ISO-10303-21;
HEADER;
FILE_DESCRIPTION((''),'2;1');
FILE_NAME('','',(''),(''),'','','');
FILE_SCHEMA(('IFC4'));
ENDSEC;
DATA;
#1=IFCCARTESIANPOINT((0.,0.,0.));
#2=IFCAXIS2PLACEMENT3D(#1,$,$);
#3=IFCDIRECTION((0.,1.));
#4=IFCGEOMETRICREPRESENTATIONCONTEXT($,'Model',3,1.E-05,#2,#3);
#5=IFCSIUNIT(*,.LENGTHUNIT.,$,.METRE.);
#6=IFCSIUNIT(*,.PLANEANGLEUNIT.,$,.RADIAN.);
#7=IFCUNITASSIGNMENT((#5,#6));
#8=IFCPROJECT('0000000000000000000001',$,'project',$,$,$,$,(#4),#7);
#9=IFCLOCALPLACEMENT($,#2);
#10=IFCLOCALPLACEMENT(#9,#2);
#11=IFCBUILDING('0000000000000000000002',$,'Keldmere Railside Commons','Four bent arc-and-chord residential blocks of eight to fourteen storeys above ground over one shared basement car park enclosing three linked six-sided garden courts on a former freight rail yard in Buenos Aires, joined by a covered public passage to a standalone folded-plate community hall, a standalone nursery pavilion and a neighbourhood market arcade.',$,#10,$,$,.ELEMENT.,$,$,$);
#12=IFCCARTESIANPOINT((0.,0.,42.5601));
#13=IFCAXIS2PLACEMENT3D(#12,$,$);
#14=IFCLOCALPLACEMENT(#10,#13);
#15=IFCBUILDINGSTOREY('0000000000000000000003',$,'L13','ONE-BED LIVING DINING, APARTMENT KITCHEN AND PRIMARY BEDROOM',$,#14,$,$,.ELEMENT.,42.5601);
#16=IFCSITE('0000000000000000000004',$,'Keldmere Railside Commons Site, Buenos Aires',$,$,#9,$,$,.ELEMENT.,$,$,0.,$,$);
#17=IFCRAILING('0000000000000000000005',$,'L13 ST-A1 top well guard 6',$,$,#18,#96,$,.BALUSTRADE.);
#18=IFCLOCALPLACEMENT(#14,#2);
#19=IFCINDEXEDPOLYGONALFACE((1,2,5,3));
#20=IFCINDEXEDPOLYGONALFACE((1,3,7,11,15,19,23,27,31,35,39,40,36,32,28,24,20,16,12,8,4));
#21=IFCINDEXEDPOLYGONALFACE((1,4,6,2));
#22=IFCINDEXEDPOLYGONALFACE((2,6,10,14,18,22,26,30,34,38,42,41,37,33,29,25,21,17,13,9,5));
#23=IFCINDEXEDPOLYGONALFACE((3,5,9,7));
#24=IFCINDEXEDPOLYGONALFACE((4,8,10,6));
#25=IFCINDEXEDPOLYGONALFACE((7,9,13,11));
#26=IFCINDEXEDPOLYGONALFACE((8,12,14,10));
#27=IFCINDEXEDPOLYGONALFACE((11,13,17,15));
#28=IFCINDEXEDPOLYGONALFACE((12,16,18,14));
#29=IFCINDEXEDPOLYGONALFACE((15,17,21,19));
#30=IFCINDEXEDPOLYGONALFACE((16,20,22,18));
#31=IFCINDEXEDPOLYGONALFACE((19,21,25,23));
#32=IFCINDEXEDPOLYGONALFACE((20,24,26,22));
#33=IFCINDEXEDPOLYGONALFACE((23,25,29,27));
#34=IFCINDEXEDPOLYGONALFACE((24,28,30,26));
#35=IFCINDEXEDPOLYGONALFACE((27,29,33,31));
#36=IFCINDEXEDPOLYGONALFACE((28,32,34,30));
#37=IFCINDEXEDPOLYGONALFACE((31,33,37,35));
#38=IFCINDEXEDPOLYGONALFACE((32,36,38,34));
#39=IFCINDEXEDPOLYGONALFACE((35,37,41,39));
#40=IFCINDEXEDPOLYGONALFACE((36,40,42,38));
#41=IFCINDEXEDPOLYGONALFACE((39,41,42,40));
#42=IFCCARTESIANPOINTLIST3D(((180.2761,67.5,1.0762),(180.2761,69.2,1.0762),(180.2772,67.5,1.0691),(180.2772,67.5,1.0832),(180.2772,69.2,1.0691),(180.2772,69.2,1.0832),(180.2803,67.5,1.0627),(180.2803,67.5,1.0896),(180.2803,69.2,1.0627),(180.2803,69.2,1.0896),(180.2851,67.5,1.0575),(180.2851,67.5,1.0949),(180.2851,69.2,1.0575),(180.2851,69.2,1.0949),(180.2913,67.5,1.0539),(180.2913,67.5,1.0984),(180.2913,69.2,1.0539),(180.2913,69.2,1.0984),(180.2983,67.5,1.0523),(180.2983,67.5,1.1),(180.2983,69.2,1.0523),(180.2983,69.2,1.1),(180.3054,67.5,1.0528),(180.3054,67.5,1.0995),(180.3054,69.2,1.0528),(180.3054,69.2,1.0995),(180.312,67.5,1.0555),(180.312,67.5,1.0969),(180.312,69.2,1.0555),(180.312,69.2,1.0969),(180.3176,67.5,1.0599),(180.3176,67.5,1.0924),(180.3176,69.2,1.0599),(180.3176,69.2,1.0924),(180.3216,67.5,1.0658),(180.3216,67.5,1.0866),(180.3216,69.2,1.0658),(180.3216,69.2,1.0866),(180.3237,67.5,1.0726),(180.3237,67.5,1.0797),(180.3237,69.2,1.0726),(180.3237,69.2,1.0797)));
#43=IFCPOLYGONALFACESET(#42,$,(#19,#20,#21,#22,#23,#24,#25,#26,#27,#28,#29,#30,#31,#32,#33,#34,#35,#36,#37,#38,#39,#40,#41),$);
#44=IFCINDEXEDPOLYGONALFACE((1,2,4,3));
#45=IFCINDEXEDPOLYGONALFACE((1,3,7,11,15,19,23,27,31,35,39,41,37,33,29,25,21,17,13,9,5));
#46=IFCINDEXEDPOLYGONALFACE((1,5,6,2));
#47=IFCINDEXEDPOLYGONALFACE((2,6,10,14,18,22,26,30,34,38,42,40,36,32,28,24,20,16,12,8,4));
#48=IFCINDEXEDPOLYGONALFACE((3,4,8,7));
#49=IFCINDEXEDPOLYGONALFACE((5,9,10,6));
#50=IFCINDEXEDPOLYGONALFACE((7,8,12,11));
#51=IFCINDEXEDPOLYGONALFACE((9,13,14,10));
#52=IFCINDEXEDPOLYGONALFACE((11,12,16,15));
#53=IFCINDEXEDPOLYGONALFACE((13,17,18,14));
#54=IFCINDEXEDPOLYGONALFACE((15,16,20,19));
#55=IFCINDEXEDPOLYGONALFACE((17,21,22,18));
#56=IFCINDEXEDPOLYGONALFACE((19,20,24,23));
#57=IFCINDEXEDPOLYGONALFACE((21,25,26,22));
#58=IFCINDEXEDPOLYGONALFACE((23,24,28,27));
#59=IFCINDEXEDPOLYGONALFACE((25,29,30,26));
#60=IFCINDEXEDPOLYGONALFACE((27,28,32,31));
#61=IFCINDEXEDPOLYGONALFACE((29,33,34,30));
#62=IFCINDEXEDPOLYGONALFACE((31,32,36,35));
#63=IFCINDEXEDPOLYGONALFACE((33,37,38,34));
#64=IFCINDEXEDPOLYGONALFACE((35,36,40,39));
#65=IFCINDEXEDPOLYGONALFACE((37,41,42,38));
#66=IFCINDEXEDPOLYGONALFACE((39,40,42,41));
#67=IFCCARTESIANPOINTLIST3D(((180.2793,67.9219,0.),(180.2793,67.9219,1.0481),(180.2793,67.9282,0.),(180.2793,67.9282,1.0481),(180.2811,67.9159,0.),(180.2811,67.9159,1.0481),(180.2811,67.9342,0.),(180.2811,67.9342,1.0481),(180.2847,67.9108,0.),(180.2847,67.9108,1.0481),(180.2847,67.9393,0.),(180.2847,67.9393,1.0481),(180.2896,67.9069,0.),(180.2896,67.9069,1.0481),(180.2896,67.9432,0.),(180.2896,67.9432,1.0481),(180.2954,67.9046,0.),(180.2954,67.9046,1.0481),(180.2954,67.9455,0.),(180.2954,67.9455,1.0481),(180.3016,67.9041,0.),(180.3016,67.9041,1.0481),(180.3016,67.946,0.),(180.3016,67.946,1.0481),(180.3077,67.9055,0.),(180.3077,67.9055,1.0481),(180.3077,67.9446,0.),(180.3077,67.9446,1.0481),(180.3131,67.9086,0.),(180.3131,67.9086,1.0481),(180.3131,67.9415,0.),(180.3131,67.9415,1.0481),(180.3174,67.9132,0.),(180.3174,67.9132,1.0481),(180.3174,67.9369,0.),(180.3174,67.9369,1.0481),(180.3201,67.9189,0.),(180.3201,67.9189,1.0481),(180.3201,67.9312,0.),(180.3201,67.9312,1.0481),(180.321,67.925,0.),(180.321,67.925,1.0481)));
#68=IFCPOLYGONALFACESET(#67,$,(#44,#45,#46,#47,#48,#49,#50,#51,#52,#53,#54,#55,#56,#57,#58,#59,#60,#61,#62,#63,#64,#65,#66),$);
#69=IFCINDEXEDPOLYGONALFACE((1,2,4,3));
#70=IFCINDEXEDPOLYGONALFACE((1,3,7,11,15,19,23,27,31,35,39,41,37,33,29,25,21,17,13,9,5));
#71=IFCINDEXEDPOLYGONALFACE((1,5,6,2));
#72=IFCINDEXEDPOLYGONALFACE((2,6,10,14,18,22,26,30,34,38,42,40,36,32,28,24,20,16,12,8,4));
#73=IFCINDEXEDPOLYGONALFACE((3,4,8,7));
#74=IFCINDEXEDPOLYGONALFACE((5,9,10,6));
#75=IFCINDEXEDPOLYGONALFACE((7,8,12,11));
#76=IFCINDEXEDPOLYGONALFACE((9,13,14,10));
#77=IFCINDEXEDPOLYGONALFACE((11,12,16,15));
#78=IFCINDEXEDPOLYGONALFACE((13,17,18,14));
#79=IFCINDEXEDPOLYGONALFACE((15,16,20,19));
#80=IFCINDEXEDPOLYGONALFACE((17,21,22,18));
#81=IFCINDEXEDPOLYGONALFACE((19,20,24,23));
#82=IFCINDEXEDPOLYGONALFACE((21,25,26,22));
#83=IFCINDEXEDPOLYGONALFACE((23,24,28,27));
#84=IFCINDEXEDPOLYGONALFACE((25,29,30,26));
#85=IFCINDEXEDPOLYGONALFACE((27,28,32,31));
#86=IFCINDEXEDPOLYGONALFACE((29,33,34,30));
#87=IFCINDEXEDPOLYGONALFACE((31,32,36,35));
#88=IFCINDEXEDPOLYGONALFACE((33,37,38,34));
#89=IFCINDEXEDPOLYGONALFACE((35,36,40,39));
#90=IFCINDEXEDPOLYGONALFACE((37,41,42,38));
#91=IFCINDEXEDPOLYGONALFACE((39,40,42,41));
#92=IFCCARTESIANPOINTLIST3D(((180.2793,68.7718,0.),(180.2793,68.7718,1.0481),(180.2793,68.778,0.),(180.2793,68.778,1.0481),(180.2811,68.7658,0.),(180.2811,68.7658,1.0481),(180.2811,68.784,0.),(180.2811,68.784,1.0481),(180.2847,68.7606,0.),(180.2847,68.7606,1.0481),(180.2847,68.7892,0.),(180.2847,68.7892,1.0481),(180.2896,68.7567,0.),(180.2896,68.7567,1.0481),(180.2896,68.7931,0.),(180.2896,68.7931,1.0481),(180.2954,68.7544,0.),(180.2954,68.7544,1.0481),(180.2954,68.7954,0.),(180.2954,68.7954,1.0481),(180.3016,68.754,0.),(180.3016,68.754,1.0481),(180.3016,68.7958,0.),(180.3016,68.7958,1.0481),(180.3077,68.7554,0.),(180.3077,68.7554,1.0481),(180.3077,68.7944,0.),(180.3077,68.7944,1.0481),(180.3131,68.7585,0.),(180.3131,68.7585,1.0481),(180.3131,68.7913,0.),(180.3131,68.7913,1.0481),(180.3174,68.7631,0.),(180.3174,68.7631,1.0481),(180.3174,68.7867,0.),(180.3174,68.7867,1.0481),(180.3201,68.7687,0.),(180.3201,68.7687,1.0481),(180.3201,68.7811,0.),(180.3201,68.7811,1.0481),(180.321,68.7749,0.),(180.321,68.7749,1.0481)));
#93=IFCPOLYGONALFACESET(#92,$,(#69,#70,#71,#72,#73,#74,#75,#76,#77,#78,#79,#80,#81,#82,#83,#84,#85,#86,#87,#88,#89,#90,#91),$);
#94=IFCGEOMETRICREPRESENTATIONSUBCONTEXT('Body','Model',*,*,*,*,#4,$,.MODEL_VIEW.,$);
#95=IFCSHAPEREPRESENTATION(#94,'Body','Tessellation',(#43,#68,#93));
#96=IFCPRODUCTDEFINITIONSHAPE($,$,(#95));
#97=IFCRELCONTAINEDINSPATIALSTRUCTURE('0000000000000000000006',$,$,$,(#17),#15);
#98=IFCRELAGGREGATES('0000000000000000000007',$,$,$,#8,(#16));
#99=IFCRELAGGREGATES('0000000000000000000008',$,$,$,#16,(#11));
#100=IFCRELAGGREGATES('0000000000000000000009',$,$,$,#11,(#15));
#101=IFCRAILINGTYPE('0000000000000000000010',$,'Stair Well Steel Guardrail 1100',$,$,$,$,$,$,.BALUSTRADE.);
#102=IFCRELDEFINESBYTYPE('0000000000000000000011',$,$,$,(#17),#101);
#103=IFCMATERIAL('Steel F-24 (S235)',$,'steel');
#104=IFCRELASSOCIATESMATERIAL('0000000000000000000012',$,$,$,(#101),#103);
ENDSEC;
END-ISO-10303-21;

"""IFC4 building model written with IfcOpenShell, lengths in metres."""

from ifc_helpers import new_model, si_unit, direction, frame, origin, origin_2d, place, context, subcontext, project, spatial, circle, extrude, material, type_object, element, save


model = new_model("IFC4")

# Units and contexts
model_context = context("Model", 3, precision=1e-05, world=origin(), true_north=direction((0.0, 1.0)))
body_context = subcontext(model_context, "Body", "Model", "MODEL_VIEW")
ifc_project = project(units=[si_unit("LENGTHUNIT", "METRE"), si_unit("PLANEANGLEUNIT", "RADIAN")], contexts=[model_context])

# Site, building, storey
site_placement = place(None, origin())
site = spatial("IfcSite", under=ifc_project, at=site_placement, Name="Keldmere Railside Commons Site, Buenos Aires", CompositionType="ELEMENT", RefElevation=0.0)
building_placement = place(site_placement, origin())
building = spatial("IfcBuilding", under=site, at=building_placement, Name="Keldmere Railside Commons", Description="Four bent arc-and-chord residential blocks of eight to fourteen storeys above ground over one shared basement car park enclosing three linked six-sided garden courts on a former freight rail yard in Buenos Aires, joined by a covered public passage to a standalone folded-plate community hall, a standalone nursery pavilion and a neighbourhood market arcade.", CompositionType="ELEMENT")
storey_placement = place(building_placement, frame((0.0, 0.0, 42.5601)))
storey = spatial("IfcBuildingStorey", under=building, at=storey_placement, Name="L13", Description="ONE-BED LIVING DINING, APARTMENT KITCHEN AND PRIMARY BEDROOM", CompositionType="ELEMENT", Elevation=42.5601)

# Shared definitions
ifc_material_1 = material(Name="Steel F-24 (S235)", Category="steel")

# Railing
railing_type_1 = type_object("IfcRailingType", Name="Stair Well Steel Guardrail 1100", PredefinedType="BALUSTRADE", material=ifc_material_1)
for number, where, name in (
    (1, (180.3, 67.5, 0.0), "L13 ST-A1 top well guard 6"),
):
    element("IfcRailing", number, at=place(storey_placement, frame(where)), inside=storey, type_object=railing_type_1, Name=name, PredefinedType="BALUSTRADE", context=body_context, shape_type="SweptSolid", body=[
        extrude(circle(Radius=0.0239, at=origin_2d()), frame((0.0, 0.0, 1.0762), z_axis=(0.0, 1.0, 0.0), x_axis=(-1.0, 0.0, 0.0)), (0.0, 0.0, 1.0), 1.7),
        extrude(circle(Radius=0.021, at=origin_2d()), frame((0.0, 0.425, 0.0)), (0.0, 0.0, 1.0), 1.0481),
        extrude(circle(Radius=0.021, at=origin_2d()), frame((0.0, 1.2749, 0.0)), (0.0, 0.0, 1.0), 1.0481),
    ])

save(model, "model.ifc")
